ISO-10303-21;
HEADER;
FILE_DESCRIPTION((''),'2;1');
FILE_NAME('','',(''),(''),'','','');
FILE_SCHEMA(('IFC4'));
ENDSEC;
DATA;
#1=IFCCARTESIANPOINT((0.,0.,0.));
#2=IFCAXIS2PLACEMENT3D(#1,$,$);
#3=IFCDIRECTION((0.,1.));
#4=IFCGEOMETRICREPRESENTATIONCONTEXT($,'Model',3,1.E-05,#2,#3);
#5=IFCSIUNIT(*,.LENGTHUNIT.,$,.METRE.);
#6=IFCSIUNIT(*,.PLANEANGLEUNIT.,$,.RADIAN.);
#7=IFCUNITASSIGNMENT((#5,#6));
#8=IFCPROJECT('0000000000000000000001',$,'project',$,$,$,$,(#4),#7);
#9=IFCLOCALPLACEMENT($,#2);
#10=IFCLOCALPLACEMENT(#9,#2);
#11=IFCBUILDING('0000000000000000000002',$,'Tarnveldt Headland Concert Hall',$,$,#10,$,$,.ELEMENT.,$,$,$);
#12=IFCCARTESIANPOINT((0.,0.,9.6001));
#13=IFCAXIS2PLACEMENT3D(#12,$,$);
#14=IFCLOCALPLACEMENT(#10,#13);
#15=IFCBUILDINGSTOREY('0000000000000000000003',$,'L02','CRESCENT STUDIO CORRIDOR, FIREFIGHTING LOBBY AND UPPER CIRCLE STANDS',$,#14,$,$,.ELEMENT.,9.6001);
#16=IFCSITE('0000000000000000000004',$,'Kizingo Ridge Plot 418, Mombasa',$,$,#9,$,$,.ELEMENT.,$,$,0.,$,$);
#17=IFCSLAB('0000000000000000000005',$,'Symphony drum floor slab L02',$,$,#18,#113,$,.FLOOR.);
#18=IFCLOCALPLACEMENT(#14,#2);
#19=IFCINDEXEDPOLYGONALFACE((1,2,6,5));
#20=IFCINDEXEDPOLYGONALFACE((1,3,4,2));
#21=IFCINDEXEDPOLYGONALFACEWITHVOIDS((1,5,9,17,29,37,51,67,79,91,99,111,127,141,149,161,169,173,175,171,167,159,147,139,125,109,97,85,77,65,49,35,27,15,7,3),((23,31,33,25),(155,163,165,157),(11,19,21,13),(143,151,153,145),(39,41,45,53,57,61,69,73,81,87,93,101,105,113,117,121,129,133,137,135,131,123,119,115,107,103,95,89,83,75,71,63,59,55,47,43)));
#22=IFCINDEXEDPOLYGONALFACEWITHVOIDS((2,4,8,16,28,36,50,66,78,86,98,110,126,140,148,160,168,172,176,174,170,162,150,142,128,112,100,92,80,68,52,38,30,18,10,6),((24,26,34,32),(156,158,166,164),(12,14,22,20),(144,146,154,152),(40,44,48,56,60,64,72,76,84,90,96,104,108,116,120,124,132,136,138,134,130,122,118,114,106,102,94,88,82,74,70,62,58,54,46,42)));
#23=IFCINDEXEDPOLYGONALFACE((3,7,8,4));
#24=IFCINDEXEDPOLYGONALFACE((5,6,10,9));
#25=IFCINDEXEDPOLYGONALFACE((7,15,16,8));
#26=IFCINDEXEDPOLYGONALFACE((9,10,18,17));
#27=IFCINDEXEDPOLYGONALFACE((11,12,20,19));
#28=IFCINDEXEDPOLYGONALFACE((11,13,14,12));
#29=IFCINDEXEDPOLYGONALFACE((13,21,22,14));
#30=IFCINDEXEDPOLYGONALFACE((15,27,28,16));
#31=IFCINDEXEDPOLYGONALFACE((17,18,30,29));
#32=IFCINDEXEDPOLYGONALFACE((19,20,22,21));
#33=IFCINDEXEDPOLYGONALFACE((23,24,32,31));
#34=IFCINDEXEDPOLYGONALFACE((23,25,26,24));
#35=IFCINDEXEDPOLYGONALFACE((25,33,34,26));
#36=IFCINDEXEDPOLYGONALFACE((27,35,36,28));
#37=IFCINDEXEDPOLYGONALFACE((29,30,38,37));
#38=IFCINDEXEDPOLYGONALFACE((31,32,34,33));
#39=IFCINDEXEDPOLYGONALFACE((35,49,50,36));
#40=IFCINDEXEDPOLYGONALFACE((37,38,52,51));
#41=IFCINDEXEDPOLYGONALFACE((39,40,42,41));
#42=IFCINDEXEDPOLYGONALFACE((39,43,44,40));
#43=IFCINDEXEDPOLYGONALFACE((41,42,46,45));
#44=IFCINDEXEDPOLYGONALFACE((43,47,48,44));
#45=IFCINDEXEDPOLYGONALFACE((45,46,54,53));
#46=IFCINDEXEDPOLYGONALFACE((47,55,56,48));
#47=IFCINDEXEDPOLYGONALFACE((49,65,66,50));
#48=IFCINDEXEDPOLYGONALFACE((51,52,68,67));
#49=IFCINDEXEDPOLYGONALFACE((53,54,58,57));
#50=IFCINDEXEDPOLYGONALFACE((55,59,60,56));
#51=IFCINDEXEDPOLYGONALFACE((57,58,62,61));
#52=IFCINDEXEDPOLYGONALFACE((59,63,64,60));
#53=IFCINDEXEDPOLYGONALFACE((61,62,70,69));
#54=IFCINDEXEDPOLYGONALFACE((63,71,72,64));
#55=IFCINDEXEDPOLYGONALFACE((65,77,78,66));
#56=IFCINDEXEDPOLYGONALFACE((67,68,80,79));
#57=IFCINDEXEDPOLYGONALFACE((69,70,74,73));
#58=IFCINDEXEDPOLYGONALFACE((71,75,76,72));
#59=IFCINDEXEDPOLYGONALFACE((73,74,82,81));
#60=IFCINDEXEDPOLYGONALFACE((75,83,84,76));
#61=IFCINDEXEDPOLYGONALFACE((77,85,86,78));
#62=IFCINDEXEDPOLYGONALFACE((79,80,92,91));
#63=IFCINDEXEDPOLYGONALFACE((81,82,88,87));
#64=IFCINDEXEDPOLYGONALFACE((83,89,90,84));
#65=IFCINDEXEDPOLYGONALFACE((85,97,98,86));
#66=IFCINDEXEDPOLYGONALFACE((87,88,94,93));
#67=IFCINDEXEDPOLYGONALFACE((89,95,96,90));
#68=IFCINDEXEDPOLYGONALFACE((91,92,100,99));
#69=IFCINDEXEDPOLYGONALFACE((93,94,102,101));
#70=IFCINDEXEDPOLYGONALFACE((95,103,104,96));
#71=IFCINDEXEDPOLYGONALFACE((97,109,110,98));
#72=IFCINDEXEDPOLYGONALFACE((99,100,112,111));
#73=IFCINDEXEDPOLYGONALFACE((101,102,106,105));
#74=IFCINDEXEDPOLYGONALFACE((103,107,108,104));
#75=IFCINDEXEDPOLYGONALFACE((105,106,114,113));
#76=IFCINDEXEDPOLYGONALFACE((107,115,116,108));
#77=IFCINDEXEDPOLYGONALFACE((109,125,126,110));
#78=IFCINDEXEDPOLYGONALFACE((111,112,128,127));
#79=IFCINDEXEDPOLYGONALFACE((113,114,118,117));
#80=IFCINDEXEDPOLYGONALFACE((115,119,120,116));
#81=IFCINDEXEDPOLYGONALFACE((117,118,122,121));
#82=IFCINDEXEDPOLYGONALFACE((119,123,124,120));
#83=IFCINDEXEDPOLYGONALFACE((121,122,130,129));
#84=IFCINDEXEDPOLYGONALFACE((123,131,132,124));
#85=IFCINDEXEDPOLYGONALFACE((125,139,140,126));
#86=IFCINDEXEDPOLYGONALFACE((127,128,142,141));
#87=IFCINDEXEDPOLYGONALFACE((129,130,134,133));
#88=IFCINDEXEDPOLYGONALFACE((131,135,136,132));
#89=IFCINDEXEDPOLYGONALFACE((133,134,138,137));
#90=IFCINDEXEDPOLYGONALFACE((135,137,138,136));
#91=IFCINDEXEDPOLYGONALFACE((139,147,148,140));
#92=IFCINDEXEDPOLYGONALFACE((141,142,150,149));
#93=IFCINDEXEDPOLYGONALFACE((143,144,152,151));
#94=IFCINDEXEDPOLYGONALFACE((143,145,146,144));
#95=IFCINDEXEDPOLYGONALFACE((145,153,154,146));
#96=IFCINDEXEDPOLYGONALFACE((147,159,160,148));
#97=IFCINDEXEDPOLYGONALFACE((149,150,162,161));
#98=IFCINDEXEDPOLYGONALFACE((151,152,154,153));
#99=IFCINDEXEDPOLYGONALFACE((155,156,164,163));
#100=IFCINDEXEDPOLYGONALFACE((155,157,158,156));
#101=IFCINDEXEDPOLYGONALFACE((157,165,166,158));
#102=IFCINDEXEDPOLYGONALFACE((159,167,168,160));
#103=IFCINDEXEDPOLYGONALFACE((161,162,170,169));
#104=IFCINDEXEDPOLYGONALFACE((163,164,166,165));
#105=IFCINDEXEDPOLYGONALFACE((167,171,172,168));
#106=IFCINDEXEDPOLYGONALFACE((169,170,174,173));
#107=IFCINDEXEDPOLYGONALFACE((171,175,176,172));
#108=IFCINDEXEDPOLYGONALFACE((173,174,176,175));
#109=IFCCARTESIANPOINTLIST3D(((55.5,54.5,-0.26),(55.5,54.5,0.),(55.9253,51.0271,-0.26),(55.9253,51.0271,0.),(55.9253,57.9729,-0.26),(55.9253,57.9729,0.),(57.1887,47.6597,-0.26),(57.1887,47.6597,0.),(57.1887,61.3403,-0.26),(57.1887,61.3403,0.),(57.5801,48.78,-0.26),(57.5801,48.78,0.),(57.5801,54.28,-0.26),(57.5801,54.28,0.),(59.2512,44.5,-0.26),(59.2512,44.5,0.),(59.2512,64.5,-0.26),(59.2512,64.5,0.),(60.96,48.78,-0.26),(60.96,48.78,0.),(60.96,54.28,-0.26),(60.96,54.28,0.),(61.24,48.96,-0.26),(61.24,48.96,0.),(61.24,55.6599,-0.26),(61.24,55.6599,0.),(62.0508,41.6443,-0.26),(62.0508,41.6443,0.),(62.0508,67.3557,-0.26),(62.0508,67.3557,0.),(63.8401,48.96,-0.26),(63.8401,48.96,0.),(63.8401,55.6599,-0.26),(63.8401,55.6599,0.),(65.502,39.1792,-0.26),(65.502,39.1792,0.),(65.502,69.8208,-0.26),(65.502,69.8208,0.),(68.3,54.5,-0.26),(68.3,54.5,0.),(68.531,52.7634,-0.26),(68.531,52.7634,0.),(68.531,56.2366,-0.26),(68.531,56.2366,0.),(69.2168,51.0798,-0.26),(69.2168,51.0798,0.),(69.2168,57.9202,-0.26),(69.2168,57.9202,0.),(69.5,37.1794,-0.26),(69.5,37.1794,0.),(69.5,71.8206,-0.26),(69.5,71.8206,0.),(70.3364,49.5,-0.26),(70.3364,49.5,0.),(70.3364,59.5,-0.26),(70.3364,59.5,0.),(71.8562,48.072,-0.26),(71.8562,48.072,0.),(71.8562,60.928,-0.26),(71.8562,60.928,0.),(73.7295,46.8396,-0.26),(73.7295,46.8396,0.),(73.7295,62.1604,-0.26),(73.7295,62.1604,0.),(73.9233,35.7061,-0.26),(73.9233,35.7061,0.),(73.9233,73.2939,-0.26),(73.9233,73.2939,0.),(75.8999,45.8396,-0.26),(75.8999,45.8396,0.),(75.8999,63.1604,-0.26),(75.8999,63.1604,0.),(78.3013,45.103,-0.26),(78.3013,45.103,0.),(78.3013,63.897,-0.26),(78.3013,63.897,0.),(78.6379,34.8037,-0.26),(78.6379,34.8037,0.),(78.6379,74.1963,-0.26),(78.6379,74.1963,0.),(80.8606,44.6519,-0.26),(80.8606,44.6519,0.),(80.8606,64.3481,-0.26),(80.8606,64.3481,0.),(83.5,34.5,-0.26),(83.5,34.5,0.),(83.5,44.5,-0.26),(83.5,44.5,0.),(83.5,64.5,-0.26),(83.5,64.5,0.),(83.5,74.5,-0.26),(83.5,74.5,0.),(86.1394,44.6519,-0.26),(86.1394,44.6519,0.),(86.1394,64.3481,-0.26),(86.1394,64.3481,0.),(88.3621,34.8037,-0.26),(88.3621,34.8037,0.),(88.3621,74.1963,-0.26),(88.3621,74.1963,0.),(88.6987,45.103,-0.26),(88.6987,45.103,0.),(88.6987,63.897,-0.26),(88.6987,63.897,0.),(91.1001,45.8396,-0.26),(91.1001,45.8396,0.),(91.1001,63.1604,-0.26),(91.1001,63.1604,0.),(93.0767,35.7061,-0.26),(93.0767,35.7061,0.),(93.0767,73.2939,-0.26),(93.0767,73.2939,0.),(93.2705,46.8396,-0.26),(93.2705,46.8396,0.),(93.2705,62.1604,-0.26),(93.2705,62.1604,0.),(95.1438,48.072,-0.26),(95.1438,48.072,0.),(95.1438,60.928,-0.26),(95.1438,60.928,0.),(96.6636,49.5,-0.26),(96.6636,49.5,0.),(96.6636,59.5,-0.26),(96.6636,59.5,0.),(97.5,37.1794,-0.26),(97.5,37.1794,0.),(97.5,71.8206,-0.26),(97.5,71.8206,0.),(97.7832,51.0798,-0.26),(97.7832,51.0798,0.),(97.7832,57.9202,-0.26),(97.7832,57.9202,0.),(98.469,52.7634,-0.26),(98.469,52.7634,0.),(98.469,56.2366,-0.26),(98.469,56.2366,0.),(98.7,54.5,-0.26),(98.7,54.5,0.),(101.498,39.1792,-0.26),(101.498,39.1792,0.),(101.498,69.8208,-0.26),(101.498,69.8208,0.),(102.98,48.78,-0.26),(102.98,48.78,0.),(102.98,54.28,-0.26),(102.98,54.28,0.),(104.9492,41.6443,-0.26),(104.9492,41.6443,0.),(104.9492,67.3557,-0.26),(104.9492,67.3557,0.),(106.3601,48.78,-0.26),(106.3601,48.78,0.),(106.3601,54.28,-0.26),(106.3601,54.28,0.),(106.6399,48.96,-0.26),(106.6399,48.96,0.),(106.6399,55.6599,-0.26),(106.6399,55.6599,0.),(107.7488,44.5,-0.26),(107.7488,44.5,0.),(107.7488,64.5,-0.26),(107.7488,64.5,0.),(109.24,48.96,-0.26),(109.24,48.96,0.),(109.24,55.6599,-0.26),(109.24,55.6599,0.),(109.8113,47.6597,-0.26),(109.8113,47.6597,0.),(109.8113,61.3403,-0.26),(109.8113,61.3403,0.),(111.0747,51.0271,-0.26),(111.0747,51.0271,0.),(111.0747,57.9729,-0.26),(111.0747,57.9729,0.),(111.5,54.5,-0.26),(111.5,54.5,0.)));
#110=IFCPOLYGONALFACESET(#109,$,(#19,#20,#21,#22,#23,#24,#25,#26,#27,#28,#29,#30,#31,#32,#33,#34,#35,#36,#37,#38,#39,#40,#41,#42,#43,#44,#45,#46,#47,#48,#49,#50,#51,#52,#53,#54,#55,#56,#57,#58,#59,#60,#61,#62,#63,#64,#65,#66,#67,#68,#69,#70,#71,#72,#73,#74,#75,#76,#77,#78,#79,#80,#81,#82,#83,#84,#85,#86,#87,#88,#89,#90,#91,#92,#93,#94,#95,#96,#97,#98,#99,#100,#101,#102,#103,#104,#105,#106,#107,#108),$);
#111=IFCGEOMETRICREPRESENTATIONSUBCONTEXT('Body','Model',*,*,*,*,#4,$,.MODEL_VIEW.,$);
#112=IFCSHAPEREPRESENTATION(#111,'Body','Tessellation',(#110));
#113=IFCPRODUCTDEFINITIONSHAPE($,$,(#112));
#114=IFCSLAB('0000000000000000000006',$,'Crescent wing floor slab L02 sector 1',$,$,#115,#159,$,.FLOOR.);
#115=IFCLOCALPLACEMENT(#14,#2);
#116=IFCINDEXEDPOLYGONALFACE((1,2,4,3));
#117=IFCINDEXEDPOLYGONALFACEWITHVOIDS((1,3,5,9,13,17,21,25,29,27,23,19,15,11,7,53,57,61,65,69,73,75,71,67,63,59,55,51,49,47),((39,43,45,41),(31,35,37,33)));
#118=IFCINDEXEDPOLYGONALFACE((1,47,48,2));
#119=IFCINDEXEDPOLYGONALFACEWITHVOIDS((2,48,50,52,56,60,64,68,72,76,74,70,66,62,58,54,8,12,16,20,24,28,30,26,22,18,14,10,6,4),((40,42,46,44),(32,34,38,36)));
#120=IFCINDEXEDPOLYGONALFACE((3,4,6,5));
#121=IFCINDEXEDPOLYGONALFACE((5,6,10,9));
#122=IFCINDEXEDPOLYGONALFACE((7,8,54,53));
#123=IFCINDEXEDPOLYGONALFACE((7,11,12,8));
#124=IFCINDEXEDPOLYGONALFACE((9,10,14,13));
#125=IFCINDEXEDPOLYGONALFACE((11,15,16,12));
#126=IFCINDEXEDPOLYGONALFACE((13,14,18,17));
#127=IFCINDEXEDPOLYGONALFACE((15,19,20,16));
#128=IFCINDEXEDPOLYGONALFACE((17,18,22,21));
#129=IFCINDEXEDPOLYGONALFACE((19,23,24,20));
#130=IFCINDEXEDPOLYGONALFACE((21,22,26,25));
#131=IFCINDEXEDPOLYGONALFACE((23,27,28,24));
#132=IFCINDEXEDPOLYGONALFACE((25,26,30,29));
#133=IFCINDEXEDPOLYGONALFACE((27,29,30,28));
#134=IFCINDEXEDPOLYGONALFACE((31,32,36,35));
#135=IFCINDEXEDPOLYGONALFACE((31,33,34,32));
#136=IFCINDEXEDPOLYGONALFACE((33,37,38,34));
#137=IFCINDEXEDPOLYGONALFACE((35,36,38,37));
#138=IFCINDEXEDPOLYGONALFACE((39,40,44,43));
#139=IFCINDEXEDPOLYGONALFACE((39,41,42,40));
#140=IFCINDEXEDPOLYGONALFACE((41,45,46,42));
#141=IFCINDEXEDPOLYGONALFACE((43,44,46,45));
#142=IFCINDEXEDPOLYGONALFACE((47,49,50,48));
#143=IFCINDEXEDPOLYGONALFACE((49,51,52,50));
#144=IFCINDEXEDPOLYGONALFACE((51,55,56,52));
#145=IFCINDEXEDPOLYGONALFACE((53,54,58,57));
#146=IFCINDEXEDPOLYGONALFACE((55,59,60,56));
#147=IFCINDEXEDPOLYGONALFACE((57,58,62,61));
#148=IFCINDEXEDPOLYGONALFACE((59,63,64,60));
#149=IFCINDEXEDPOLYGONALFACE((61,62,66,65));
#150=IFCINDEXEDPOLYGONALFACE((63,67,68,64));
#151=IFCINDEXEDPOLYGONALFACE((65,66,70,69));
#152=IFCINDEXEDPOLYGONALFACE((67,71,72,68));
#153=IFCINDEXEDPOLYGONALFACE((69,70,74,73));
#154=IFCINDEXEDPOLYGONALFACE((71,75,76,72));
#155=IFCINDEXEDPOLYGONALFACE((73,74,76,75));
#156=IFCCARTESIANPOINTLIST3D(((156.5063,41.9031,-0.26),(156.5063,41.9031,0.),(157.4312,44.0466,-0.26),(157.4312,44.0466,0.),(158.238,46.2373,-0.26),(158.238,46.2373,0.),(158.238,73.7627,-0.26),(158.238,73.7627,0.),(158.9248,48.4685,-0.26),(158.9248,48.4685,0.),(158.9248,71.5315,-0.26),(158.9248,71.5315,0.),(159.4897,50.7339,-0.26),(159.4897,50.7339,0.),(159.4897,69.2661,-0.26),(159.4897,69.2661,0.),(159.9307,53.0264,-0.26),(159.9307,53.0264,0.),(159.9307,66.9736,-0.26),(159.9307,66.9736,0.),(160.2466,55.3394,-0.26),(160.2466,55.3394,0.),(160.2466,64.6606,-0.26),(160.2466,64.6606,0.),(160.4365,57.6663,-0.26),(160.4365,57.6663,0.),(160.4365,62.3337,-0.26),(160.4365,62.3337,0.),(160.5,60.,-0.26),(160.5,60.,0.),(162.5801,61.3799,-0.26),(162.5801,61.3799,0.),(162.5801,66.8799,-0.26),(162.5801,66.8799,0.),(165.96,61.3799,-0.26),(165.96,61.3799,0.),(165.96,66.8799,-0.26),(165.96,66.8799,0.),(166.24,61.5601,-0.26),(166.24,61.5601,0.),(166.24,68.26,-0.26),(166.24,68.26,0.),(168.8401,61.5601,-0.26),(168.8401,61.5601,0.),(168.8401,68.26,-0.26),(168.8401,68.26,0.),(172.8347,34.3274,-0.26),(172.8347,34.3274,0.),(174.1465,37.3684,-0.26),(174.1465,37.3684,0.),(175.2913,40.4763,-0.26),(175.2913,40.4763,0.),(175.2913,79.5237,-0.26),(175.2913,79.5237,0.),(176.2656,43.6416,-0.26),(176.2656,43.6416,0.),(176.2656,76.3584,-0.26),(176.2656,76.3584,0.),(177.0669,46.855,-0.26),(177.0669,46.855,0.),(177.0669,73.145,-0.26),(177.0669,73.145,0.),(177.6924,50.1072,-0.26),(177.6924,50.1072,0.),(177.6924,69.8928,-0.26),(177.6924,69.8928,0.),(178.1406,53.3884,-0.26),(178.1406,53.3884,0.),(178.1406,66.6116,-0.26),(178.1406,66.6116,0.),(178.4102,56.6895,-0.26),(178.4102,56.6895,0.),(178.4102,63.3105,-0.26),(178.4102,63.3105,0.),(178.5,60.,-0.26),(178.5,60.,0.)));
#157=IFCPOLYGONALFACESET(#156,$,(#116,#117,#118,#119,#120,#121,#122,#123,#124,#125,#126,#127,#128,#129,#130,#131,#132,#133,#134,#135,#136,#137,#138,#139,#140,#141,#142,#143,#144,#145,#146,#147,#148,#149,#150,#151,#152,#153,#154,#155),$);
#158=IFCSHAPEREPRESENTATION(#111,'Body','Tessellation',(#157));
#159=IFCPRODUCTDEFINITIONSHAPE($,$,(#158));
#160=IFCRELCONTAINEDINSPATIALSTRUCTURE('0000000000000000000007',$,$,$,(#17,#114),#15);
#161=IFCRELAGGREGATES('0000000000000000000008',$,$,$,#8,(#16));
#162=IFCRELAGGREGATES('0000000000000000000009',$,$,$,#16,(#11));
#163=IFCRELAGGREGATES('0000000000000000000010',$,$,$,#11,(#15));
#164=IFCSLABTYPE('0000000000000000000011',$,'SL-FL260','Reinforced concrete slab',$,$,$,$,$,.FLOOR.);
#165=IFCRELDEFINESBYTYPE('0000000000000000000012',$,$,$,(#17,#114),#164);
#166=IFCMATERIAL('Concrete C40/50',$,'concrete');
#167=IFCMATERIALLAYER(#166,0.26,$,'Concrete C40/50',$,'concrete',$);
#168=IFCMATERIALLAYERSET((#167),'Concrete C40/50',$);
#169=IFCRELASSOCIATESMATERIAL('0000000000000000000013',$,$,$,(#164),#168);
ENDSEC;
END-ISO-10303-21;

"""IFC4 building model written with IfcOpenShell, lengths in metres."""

from ifc_helpers import new_model, si_unit, direction, frame, origin, place, context, subcontext, project, spatial, polyline, outline, extrude, material, layer, layer_set, type_object, element, save


model = new_model("IFC4")

# Units and contexts
model_context = context("Model", 3, precision=1e-05, world=origin(), true_north=direction((0.0, 1.0)))
body_context = subcontext(model_context, "Body", "Model", "MODEL_VIEW")
ifc_project = project(units=[si_unit("LENGTHUNIT", "METRE"), si_unit("PLANEANGLEUNIT", "RADIAN")], contexts=[model_context])

# Site, building, storey
site_placement = place(None, origin())
site = spatial("IfcSite", under=ifc_project, at=site_placement, Name="Kizingo Ridge Plot 418, Mombasa", CompositionType="ELEMENT", RefElevation=0.0)
building_placement = place(site_placement, origin())
building = spatial("IfcBuilding", under=site, at=building_placement, Name="Tarnveldt Headland Concert Hall", CompositionType="ELEMENT")
storey_placement = place(building_placement, frame((0.0, 0.0, 9.6001)))
storey = spatial("IfcBuildingStorey", under=building, at=storey_placement, Name="L02", Description="CRESCENT STUDIO CORRIDOR, FIREFIGHTING LOBBY AND UPPER CIRCLE STANDS", CompositionType="ELEMENT", Elevation=9.6001)

# Slabs
ifc_material_1 = material(Name="Concrete C40/50", Category="concrete")
ifc_layer_1 = layer(ifc_material_1, 0.26, Name="Concrete C40/50", Category="concrete")
ifc_layer_set_1 = layer_set([ifc_layer_1], Name="Concrete C40/50")
slab_type_1 = type_object("IfcSlabType", Name="SL-FL260", Description="Reinforced concrete slab", PredefinedType="FLOOR", material=ifc_layer_set_1)
slab_1_placement = place(storey_placement, frame((0.0, 0.0, -0.26)))
element("IfcSlab", 1, at=slab_1_placement, inside=storey, type_object=slab_type_1, Name="Symphony drum floor slab L02", PredefinedType="FLOOR", context=body_context, shape_type="SweptSolid", body=[
    extrude(outline(polyline([(101.498, 39.1792), (104.9492, 41.6443), (107.7488, 44.5), (109.8113, 47.6597), (111.0747, 51.0271), (111.5, 54.5), (111.0747, 57.9729), (109.8113, 61.3403), (107.7488, 64.5), (104.9492, 67.3557), (101.498, 69.8208), (97.5, 71.8206), (93.0767, 73.2939), (88.3621, 74.1963), (83.5, 74.5), (78.6379, 74.1963), (73.9233, 73.2939), (69.5, 71.8206), (65.502, 69.8208), (62.0508, 67.3557), (59.2512, 64.5), (57.1887, 61.3403), (55.9253, 57.9729), (55.5, 54.5), (55.9253, 51.0271), (57.1887, 47.6597), (59.2512, 44.5), (62.0508, 41.6443), (65.502, 39.1792), (69.5, 37.1794), (73.9233, 35.7061), (78.6379, 34.8037), (83.5, 34.5), (88.3621, 34.8037), (93.0767, 35.7061), (97.5, 37.1794), (101.498, 39.1792)]), holes=[polyline([(93.2705, 62.1604), (95.1438, 60.928), (96.6636, 59.5), (97.7832, 57.9202), (98.469, 56.2366), (98.7, 54.5), (98.469, 52.7634), (97.7832, 51.0798), (96.6636, 49.5), (95.1438, 48.072), (93.2705, 46.8396), (91.1001, 45.8396), (88.6987, 45.103), (86.1394, 44.6519), (83.5, 44.5), (80.8606, 44.6519), (78.3013, 45.103), (75.8999, 45.8396), (73.7295, 46.8396), (71.8562, 48.072), (70.3364, 49.5), (69.2168, 51.0798), (68.531, 52.7634), (68.3, 54.5), (68.531, 56.2366), (69.2168, 57.9202), (70.3364, 59.5), (71.8562, 60.928), (73.7295, 62.1604), (75.8999, 63.1604), (78.3013, 63.897), (80.8606, 64.3481), (83.5, 64.5), (86.1394, 64.3481), (88.6987, 63.897), (91.1001, 63.1604), (93.2705, 62.1604)]), polyline([(60.96, 48.78), (57.5801, 48.78), (57.5801, 54.28), (60.96, 54.28), (60.96, 48.78)]), polyline([(61.24, 48.96), (61.24, 55.6599), (63.8401, 55.6599), (63.8401, 48.96), (61.24, 48.96)]), polyline([(102.98, 54.28), (106.3601, 54.28), (106.3601, 48.78), (102.98, 48.78), (102.98, 54.28)]), polyline([(109.24, 55.6599), (109.24, 48.96), (106.6399, 48.96), (106.6399, 55.6599), (109.24, 55.6599)])]), origin(), (0.0, 0.0, 1.0), 0.26),
])
slab_2_placement = place(storey_placement, frame((0.0, 0.0, -0.26)))
element("IfcSlab", 2, at=slab_2_placement, inside=storey, type_object=slab_type_1, Name="Crescent wing floor slab L02 sector 1", PredefinedType="FLOOR", context=body_context, shape_type="SweptSolid", body=[
    extrude(outline(polyline([(157.4312, 44.0466), (156.5063, 41.9031), (172.8347, 34.3274), (174.1465, 37.3684), (175.2913, 40.4763), (176.2656, 43.6416), (177.0669, 46.855), (177.6924, 50.1072), (178.1406, 53.3884), (178.4102, 56.6895), (178.5, 60.0), (178.4102, 63.3105), (178.1406, 66.6116), (177.6924, 69.8928), (177.0669, 73.145), (176.2656, 76.3584), (175.2913, 79.5237), (158.238, 73.7627), (158.9248, 71.5315), (159.4897, 69.2661), (159.9307, 66.9736), (160.2466, 64.6606), (160.4365, 62.3337), (160.5, 60.0), (160.4365, 57.6663), (160.2466, 55.3394), (159.9307, 53.0264), (159.4897, 50.7339), (158.9248, 48.4685), (158.238, 46.2373), (157.4312, 44.0466)]), holes=[polyline([(162.5801, 66.8799), (165.96, 66.8799), (165.96, 61.3799), (162.5801, 61.3799), (162.5801, 66.8799)]), polyline([(168.8401, 68.26), (168.8401, 61.5601), (166.24, 61.5601), (166.24, 68.26), (168.8401, 68.26)])]), origin(), (0.0, 0.0, 1.0), 0.26),
])

save(model, "model.ifc")
